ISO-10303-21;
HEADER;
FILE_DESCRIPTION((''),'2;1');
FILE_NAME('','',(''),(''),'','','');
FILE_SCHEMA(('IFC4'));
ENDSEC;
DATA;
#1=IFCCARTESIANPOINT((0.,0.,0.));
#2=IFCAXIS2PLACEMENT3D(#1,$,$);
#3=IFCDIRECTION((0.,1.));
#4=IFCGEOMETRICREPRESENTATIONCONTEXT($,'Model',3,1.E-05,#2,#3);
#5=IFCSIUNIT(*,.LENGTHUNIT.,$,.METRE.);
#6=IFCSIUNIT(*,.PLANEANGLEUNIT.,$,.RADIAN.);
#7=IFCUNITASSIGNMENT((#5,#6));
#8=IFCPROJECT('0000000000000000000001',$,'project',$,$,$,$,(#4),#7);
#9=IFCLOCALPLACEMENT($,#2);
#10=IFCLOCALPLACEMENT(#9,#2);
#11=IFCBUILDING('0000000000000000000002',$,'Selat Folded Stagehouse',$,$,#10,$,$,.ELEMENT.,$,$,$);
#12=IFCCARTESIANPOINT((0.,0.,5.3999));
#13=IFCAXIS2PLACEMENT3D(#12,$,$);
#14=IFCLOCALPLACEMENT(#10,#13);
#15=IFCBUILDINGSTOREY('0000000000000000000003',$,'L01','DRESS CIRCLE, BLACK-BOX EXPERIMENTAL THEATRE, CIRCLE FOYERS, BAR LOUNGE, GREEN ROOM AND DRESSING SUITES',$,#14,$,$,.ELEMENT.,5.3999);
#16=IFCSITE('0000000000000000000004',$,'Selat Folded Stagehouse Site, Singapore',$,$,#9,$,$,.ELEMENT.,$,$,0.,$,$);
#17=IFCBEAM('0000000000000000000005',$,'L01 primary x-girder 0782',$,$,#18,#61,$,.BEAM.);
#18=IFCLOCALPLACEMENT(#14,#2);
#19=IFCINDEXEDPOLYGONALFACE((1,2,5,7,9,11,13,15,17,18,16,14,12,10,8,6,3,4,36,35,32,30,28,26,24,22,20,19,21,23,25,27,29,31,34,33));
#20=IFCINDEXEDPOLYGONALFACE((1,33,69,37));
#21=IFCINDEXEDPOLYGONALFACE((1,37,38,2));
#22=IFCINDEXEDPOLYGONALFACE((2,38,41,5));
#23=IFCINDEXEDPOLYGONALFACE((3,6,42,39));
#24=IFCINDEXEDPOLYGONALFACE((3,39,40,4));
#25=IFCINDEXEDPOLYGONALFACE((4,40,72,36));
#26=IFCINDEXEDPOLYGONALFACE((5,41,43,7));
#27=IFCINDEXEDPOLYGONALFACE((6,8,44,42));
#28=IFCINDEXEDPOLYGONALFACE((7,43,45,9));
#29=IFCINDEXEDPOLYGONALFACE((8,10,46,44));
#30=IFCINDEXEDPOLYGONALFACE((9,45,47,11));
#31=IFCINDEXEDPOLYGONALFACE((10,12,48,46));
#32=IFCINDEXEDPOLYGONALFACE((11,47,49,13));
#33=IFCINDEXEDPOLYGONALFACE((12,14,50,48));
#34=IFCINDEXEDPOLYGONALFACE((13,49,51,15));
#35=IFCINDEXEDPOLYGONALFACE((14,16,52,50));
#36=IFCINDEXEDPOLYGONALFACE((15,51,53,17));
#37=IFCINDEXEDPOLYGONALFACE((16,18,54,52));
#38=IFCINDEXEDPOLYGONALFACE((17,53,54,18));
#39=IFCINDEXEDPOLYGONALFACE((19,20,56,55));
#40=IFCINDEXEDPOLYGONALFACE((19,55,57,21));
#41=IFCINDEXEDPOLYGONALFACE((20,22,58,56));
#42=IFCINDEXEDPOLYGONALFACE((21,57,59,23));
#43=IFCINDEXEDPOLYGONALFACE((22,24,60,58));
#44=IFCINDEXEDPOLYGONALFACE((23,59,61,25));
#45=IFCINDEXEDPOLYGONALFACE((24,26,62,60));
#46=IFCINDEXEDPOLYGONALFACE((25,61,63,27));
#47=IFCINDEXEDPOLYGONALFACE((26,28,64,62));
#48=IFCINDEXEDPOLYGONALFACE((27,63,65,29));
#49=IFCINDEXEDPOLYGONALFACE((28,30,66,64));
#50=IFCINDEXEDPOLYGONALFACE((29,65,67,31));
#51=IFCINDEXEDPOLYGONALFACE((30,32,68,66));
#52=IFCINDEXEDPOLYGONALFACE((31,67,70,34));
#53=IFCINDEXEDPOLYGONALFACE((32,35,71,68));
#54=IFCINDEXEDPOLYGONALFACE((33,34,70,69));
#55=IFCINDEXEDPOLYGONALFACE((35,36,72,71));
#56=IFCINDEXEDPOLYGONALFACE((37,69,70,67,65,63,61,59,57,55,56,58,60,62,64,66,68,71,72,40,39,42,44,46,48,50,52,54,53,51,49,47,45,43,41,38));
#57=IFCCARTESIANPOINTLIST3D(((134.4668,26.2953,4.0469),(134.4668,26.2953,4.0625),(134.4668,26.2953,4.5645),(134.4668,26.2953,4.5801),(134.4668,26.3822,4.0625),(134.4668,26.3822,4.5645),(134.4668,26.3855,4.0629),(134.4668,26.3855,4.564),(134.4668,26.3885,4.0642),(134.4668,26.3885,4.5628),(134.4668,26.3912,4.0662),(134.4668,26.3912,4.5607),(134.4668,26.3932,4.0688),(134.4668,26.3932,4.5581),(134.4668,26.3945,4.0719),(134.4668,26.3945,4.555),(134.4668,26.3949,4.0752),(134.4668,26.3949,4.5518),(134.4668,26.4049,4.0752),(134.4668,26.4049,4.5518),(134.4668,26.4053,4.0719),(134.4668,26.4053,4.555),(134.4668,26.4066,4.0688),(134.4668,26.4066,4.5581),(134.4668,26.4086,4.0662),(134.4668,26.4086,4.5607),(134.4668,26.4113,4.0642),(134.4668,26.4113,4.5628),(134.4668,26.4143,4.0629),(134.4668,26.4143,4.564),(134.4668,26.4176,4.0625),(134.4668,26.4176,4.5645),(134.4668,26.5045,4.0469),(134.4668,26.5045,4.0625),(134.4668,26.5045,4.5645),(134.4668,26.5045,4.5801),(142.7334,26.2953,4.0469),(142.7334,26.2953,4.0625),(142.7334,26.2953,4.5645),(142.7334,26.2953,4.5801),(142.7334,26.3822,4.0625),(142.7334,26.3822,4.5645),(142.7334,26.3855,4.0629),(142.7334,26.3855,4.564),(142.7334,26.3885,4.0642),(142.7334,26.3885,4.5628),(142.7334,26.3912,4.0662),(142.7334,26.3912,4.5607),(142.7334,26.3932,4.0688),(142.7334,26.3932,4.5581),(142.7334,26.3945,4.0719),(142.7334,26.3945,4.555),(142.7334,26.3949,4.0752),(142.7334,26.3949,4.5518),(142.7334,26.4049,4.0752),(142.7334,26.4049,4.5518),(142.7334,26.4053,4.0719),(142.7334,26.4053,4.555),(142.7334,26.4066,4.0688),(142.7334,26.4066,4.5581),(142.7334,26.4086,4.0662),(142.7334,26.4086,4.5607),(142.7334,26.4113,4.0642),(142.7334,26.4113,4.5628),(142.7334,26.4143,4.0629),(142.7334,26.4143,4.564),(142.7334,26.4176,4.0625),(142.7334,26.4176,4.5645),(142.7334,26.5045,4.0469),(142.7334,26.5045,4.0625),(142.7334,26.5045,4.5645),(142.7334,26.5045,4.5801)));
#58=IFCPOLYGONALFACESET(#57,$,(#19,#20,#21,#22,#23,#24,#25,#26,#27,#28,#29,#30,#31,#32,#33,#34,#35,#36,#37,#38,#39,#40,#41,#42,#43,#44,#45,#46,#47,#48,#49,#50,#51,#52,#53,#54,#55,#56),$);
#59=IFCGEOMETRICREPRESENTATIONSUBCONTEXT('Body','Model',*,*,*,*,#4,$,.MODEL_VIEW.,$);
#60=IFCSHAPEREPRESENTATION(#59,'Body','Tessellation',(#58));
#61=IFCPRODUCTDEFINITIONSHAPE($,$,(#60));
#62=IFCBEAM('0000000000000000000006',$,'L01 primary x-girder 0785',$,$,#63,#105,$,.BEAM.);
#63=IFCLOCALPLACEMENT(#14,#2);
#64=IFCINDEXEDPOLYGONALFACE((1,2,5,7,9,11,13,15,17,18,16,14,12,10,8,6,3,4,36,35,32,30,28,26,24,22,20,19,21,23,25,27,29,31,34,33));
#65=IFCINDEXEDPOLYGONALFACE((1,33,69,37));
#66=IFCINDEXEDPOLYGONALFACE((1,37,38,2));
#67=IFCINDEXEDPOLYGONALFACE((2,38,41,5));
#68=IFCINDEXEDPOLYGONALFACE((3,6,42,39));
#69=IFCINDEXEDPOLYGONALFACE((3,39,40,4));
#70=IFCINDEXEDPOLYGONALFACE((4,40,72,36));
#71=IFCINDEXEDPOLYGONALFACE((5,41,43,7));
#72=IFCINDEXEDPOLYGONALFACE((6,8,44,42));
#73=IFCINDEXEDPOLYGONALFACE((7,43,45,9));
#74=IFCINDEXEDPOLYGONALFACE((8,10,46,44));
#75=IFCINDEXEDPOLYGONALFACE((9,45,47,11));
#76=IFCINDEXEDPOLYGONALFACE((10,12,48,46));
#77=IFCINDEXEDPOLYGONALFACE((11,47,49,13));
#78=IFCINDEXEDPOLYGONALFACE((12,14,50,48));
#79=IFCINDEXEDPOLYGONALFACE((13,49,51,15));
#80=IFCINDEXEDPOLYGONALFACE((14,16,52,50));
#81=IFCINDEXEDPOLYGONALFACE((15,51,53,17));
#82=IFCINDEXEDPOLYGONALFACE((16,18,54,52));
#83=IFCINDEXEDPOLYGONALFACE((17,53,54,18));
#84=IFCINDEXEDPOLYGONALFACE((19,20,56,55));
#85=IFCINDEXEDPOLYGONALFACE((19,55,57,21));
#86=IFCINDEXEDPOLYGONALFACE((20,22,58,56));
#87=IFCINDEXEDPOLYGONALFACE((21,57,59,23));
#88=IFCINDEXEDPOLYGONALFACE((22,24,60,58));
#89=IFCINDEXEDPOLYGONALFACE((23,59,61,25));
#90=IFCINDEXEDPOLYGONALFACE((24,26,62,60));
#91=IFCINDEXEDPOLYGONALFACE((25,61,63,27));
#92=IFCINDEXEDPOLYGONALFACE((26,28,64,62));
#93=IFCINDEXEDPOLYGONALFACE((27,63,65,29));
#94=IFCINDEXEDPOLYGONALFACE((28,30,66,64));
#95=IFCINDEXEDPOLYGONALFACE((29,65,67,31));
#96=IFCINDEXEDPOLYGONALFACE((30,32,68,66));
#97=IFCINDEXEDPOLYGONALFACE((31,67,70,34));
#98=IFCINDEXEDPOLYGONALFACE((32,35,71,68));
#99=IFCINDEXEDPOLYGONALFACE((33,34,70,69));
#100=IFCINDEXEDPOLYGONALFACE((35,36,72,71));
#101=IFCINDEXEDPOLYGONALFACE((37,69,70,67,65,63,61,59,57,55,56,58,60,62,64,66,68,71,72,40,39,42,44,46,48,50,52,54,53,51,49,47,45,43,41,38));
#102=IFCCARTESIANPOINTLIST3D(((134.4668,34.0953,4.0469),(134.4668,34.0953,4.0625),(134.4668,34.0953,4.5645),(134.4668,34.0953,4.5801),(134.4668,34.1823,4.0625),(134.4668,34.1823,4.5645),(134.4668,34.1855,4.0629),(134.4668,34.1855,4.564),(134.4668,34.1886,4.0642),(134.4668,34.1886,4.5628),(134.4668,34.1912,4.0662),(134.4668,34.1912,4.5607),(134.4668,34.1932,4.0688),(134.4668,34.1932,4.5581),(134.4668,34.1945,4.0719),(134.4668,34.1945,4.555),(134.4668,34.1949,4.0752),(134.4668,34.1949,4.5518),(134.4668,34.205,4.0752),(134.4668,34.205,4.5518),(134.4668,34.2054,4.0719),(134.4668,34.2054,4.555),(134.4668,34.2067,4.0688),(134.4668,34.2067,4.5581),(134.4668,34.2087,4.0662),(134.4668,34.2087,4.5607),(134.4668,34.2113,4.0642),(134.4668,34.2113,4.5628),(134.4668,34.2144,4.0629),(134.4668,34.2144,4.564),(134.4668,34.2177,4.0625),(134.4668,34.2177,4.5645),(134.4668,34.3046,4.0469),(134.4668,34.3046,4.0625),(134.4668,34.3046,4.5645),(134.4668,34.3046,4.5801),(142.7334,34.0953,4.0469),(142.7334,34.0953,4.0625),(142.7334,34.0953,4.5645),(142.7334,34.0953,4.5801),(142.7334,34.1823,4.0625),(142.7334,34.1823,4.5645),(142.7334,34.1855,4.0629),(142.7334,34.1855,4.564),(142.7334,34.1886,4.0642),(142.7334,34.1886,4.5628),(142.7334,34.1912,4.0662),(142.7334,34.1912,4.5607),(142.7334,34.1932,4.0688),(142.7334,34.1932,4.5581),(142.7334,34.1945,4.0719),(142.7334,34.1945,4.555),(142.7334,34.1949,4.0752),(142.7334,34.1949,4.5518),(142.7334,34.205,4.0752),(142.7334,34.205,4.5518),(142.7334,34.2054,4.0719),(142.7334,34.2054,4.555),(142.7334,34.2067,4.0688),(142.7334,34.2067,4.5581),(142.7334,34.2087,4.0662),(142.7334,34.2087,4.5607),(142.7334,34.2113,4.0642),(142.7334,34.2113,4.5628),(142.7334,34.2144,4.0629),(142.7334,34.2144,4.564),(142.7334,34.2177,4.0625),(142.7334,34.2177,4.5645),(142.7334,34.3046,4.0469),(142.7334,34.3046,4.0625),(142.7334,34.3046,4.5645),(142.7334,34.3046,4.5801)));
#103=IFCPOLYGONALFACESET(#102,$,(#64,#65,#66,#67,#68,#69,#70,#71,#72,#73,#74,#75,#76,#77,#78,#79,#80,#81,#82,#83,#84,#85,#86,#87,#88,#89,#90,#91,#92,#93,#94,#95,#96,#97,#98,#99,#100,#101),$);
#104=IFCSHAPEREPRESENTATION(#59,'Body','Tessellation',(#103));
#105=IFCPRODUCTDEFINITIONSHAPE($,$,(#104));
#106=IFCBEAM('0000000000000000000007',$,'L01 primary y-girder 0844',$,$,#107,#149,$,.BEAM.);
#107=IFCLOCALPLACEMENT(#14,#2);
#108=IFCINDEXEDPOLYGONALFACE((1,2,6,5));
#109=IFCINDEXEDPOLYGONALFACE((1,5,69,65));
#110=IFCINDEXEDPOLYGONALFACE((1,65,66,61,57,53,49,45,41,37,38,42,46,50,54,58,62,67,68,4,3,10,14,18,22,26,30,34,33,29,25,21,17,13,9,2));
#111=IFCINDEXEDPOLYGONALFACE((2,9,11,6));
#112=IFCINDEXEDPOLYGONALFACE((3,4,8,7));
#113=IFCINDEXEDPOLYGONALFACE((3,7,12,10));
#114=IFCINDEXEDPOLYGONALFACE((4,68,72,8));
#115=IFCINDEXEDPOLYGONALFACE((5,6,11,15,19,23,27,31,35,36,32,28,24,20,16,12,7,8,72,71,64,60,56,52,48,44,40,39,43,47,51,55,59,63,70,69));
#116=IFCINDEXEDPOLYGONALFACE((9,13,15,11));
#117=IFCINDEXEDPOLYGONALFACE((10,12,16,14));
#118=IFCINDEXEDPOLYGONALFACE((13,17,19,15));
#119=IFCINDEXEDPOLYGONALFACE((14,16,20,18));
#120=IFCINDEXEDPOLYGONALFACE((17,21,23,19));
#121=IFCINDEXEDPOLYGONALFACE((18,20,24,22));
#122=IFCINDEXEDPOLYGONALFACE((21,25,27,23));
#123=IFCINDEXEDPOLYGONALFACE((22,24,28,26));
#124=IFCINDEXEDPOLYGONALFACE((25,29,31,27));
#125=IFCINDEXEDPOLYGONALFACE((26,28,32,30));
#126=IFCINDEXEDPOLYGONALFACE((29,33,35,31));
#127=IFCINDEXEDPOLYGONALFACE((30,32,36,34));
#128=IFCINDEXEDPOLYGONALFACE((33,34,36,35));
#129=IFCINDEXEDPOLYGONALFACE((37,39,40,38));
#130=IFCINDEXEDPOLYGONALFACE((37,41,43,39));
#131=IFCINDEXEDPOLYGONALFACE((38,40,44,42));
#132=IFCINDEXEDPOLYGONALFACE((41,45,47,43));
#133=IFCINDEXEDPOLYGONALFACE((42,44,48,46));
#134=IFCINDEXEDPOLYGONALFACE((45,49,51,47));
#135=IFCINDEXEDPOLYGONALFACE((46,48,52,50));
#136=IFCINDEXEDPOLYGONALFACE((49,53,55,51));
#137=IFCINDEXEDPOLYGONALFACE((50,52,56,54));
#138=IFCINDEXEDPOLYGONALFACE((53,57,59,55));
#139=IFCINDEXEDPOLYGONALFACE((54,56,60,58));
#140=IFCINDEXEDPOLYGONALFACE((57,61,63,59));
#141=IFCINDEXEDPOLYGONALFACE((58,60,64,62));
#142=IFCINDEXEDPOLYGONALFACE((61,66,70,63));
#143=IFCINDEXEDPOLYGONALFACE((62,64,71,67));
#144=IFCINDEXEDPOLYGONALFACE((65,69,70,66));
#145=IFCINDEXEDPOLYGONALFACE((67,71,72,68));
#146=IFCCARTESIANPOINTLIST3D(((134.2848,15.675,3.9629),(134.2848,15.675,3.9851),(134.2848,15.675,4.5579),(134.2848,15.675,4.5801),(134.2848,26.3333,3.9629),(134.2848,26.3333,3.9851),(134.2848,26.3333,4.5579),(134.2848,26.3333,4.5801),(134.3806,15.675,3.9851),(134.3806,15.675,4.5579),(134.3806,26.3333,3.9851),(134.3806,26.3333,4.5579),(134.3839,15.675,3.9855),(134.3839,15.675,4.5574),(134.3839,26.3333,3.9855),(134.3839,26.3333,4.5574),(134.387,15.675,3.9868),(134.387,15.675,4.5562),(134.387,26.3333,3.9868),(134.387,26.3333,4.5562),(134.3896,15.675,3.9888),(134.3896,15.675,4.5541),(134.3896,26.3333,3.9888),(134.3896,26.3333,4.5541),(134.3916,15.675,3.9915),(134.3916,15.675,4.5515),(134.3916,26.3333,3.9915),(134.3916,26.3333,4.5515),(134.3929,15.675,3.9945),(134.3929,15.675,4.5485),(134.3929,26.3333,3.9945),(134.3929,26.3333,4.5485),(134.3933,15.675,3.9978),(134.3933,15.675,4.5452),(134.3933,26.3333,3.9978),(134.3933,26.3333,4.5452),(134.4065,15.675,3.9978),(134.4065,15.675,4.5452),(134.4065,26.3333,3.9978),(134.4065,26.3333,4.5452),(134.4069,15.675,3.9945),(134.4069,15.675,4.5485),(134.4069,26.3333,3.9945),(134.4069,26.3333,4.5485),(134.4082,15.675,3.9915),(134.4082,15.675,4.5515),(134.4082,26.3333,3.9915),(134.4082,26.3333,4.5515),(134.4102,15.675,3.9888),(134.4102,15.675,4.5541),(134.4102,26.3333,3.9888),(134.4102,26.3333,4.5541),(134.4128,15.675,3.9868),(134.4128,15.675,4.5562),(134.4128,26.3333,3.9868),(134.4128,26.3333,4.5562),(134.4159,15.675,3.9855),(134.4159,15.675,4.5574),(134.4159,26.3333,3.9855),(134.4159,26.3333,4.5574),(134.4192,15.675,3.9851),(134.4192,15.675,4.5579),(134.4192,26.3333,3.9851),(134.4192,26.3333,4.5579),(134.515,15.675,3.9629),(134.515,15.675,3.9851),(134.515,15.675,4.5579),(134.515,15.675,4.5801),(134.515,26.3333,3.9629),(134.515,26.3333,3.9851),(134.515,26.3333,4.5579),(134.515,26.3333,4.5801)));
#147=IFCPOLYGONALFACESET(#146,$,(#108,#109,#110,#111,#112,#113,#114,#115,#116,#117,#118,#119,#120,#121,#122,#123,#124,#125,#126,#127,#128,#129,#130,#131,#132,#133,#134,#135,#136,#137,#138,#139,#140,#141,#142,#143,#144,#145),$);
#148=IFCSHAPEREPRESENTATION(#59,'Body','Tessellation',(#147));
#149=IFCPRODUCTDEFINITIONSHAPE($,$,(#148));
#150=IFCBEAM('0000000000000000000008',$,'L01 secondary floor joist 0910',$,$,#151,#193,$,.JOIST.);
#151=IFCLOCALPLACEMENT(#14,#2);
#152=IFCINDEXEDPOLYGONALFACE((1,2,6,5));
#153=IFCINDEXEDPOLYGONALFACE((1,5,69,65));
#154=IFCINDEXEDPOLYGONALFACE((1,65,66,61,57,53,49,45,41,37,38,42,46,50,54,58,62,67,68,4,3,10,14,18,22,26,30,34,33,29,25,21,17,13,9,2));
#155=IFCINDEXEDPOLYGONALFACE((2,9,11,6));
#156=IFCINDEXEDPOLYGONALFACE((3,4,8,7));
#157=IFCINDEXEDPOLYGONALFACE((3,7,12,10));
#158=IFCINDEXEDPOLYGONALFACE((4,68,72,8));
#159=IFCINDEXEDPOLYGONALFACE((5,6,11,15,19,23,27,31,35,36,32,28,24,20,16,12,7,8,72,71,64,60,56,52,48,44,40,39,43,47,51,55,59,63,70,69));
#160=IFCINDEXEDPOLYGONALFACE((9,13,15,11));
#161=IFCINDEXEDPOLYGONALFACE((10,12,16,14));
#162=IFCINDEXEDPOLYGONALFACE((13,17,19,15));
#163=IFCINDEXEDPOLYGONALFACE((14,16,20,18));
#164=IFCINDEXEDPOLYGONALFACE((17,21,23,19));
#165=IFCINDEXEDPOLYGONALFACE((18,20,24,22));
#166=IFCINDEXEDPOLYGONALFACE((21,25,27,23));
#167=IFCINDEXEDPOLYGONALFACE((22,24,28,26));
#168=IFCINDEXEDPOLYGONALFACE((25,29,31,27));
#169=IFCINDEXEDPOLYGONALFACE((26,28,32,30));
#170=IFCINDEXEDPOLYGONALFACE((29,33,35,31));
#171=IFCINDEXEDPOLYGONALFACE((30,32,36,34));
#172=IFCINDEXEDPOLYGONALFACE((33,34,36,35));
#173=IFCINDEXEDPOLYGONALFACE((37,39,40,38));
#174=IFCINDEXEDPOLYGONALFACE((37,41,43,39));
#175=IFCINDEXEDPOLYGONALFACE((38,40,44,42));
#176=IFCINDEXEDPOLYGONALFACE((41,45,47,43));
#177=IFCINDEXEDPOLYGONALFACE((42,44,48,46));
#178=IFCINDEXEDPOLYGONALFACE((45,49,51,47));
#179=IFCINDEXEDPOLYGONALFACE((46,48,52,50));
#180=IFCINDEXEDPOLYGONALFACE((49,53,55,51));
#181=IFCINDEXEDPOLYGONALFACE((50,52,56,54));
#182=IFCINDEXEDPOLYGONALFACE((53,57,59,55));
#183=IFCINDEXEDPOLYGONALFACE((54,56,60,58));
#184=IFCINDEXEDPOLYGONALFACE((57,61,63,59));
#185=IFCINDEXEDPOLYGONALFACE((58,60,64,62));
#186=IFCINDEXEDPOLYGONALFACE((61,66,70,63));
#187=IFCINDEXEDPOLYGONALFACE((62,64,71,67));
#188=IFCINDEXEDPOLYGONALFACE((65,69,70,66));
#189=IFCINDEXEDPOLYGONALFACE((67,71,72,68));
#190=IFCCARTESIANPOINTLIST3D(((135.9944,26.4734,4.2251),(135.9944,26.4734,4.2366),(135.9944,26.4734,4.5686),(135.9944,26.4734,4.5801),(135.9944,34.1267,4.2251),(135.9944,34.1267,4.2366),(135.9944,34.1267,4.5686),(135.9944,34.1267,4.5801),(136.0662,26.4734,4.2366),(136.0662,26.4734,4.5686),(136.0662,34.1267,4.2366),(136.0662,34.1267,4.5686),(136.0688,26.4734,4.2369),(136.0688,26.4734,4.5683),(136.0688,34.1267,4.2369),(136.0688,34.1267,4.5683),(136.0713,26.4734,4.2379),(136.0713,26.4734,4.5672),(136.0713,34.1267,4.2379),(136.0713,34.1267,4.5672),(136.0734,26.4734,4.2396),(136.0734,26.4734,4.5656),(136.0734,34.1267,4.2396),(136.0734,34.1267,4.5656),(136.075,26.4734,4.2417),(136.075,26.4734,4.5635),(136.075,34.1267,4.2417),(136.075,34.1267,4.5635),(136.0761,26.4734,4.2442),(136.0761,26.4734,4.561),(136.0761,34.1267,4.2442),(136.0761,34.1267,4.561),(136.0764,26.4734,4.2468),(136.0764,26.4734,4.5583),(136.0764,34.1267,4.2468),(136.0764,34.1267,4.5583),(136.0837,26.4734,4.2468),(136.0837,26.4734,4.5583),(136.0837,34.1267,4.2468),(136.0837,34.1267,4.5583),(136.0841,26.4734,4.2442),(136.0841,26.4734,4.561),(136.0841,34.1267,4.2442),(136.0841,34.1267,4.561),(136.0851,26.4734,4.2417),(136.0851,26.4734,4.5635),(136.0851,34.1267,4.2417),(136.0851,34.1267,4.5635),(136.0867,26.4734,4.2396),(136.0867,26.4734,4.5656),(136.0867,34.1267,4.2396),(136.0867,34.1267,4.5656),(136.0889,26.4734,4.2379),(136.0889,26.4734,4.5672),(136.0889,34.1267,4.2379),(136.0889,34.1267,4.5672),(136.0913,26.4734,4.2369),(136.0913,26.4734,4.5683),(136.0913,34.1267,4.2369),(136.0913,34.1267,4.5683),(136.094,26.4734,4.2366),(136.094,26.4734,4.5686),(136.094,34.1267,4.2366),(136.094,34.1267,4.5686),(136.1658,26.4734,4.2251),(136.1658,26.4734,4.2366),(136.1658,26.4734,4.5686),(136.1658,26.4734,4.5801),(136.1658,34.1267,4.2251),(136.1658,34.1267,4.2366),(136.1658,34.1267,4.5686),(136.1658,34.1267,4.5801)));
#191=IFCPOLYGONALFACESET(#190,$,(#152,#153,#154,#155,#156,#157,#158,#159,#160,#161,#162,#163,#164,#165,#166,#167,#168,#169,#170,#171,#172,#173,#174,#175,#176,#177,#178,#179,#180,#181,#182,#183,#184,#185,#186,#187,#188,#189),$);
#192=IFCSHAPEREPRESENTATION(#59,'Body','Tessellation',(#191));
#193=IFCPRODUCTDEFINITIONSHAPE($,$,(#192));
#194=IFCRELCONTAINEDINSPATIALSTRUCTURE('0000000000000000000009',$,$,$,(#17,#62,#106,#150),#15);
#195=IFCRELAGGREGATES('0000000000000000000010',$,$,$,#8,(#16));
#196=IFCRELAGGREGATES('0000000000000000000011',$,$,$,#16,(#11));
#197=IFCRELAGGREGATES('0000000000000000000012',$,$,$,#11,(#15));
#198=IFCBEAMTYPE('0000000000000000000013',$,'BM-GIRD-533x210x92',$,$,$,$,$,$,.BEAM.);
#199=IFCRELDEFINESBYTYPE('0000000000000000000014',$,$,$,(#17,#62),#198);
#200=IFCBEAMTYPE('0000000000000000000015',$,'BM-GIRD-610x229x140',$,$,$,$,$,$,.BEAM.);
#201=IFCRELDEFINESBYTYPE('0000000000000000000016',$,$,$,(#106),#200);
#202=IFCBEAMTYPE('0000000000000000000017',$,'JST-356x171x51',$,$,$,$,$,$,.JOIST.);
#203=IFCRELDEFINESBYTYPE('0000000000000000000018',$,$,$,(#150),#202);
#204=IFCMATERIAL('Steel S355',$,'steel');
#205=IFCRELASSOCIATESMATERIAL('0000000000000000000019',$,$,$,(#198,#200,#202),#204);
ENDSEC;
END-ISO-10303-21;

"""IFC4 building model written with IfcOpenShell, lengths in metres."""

from ifc_helpers import new_model, si_unit, direction, frame, origin, origin_2d, place, context, subcontext, project, spatial, i_section, extrude, material, material_profile, profile_set, type_object, element, save


model = new_model("IFC4")

# Units and contexts
model_context = context("Model", 3, precision=1e-05, world=origin(), true_north=direction((0.0, 1.0)))
body_context = subcontext(model_context, "Body", "Model", "MODEL_VIEW")
ifc_project = project(units=[si_unit("LENGTHUNIT", "METRE"), si_unit("PLANEANGLEUNIT", "RADIAN")], contexts=[model_context])

# Site, building, storey
site_placement = place(None, origin())
site = spatial("IfcSite", under=ifc_project, at=site_placement, Name="Selat Folded Stagehouse Site, Singapore", CompositionType="ELEMENT", RefElevation=0.0)
building_placement = place(site_placement, origin())
building = spatial("IfcBuilding", under=site, at=building_placement, Name="Selat Folded Stagehouse", CompositionType="ELEMENT")
storey_placement = place(building_placement, frame((0.0, 0.0, 5.3999)))
storey = spatial("IfcBuildingStorey", under=building, at=storey_placement, Name="L01", Description="DRESS CIRCLE, BLACK-BOX EXPERIMENTAL THEATRE, CIRCLE FOYERS, BAR LOUNGE, GREEN ROOM AND DRESSING SUITES", CompositionType="ELEMENT", Elevation=5.3999)

# Shared definitions
ifc_material_1 = material(Name="Steel S355", Category="steel")

# Beams
ifc_material_profile_1 = material_profile(ifc_material_1, i_section(OverallWidth=0.2092, OverallDepth=0.5332, WebThickness=0.01, FlangeThickness=0.0156, FilletRadius=0.0127, at=origin_2d()), Name="UKB 533x210x92")
ifc_profile_set_1 = profile_set([ifc_material_profile_1], Name="Steel S355")
beam_type_1 = type_object("IfcBeamType", Name="BM-GIRD-533x210x92", PredefinedType="BEAM", material=ifc_profile_set_1)
for number, where, z_axis, x_axis, name in (
    (1, (134.4668, 26.3999, 4.3135), (1.0, 0.0, 0.0), (0.0, 1.0, 0.0), "L01 primary x-girder 0782"),
    (2, (134.4668, 34.2, 4.3135), (1.0, 0.0, 0.0), (0.0, 1.0, 0.0), "L01 primary x-girder 0785"),
):
    element("IfcBeam", number, at=place(storey_placement, frame(where, z_axis=z_axis, x_axis=x_axis)), inside=storey, type_object=beam_type_1, Name=name, PredefinedType="BEAM", context=body_context, shape_type="SweptSolid", body=[
        extrude(i_section(OverallWidth=0.2092, OverallDepth=0.5332, WebThickness=0.01, FlangeThickness=0.0156, FilletRadius=0.0127, at=origin_2d()), origin(), (0.0, 0.0, 1.0), 8.2666),
    ])
ifc_material_profile_2 = material_profile(ifc_material_1, i_section(OverallWidth=0.2302, OverallDepth=0.6172, WebThickness=0.0132, FlangeThickness=0.0222, FilletRadius=0.0127, at=origin_2d()), Name="UKB 610x229x140")
ifc_profile_set_2 = profile_set([ifc_material_profile_2], Name="Steel S355")
beam_type_2 = type_object("IfcBeamType", Name="BM-GIRD-610x229x140", PredefinedType="BEAM", material=ifc_profile_set_2)
beam_1_placement = place(storey_placement, frame((134.3999, 15.675, 4.2715), z_axis=(0.0, 1.0, 0.0), x_axis=(-1.0, 0.0, 0.0)))
element("IfcBeam", 3, at=beam_1_placement, inside=storey, type_object=beam_type_2, Name="L01 primary y-girder 0844", PredefinedType="BEAM", context=body_context, shape_type="SweptSolid", body=[
    extrude(i_section(OverallWidth=0.2302, OverallDepth=0.6172, WebThickness=0.0132, FlangeThickness=0.0222, FilletRadius=0.0127, at=origin_2d()), origin(), (0.0, 0.0, 1.0), 10.6582),
])
ifc_material_profile_3 = material_profile(ifc_material_1, i_section(OverallWidth=0.1714, OverallDepth=0.355, WebThickness=0.0073, FlangeThickness=0.0115, FilletRadius=0.0103, at=origin_2d()), Name="UKB 356x171x51")
ifc_profile_set_3 = profile_set([ifc_material_profile_3], Name="Steel S355")
beam_type_3 = type_object("IfcBeamType", Name="JST-356x171x51", PredefinedType="JOIST", material=ifc_profile_set_3)
for number, where, z_axis, x_axis, name in (
    (4, (136.0801, 26.4734, 4.4026), (0.0, 1.0, 0.0), (-1.0, 0.0, 0.0), "L01 secondary floor joist 0910"),
):
    element("IfcBeam", number, at=place(storey_placement, frame(where, z_axis=z_axis, x_axis=x_axis)), inside=storey, type_object=beam_type_3, Name=name, PredefinedType="JOIST", context=body_context, shape_type="SweptSolid", body=[
        extrude(i_section(OverallWidth=0.1714, OverallDepth=0.355, WebThickness=0.0073, FlangeThickness=0.0115, FilletRadius=0.0103, at=origin_2d()), origin(), (0.0, 0.0, 1.0), 7.6533),
    ])

save(model, "model.ifc")
